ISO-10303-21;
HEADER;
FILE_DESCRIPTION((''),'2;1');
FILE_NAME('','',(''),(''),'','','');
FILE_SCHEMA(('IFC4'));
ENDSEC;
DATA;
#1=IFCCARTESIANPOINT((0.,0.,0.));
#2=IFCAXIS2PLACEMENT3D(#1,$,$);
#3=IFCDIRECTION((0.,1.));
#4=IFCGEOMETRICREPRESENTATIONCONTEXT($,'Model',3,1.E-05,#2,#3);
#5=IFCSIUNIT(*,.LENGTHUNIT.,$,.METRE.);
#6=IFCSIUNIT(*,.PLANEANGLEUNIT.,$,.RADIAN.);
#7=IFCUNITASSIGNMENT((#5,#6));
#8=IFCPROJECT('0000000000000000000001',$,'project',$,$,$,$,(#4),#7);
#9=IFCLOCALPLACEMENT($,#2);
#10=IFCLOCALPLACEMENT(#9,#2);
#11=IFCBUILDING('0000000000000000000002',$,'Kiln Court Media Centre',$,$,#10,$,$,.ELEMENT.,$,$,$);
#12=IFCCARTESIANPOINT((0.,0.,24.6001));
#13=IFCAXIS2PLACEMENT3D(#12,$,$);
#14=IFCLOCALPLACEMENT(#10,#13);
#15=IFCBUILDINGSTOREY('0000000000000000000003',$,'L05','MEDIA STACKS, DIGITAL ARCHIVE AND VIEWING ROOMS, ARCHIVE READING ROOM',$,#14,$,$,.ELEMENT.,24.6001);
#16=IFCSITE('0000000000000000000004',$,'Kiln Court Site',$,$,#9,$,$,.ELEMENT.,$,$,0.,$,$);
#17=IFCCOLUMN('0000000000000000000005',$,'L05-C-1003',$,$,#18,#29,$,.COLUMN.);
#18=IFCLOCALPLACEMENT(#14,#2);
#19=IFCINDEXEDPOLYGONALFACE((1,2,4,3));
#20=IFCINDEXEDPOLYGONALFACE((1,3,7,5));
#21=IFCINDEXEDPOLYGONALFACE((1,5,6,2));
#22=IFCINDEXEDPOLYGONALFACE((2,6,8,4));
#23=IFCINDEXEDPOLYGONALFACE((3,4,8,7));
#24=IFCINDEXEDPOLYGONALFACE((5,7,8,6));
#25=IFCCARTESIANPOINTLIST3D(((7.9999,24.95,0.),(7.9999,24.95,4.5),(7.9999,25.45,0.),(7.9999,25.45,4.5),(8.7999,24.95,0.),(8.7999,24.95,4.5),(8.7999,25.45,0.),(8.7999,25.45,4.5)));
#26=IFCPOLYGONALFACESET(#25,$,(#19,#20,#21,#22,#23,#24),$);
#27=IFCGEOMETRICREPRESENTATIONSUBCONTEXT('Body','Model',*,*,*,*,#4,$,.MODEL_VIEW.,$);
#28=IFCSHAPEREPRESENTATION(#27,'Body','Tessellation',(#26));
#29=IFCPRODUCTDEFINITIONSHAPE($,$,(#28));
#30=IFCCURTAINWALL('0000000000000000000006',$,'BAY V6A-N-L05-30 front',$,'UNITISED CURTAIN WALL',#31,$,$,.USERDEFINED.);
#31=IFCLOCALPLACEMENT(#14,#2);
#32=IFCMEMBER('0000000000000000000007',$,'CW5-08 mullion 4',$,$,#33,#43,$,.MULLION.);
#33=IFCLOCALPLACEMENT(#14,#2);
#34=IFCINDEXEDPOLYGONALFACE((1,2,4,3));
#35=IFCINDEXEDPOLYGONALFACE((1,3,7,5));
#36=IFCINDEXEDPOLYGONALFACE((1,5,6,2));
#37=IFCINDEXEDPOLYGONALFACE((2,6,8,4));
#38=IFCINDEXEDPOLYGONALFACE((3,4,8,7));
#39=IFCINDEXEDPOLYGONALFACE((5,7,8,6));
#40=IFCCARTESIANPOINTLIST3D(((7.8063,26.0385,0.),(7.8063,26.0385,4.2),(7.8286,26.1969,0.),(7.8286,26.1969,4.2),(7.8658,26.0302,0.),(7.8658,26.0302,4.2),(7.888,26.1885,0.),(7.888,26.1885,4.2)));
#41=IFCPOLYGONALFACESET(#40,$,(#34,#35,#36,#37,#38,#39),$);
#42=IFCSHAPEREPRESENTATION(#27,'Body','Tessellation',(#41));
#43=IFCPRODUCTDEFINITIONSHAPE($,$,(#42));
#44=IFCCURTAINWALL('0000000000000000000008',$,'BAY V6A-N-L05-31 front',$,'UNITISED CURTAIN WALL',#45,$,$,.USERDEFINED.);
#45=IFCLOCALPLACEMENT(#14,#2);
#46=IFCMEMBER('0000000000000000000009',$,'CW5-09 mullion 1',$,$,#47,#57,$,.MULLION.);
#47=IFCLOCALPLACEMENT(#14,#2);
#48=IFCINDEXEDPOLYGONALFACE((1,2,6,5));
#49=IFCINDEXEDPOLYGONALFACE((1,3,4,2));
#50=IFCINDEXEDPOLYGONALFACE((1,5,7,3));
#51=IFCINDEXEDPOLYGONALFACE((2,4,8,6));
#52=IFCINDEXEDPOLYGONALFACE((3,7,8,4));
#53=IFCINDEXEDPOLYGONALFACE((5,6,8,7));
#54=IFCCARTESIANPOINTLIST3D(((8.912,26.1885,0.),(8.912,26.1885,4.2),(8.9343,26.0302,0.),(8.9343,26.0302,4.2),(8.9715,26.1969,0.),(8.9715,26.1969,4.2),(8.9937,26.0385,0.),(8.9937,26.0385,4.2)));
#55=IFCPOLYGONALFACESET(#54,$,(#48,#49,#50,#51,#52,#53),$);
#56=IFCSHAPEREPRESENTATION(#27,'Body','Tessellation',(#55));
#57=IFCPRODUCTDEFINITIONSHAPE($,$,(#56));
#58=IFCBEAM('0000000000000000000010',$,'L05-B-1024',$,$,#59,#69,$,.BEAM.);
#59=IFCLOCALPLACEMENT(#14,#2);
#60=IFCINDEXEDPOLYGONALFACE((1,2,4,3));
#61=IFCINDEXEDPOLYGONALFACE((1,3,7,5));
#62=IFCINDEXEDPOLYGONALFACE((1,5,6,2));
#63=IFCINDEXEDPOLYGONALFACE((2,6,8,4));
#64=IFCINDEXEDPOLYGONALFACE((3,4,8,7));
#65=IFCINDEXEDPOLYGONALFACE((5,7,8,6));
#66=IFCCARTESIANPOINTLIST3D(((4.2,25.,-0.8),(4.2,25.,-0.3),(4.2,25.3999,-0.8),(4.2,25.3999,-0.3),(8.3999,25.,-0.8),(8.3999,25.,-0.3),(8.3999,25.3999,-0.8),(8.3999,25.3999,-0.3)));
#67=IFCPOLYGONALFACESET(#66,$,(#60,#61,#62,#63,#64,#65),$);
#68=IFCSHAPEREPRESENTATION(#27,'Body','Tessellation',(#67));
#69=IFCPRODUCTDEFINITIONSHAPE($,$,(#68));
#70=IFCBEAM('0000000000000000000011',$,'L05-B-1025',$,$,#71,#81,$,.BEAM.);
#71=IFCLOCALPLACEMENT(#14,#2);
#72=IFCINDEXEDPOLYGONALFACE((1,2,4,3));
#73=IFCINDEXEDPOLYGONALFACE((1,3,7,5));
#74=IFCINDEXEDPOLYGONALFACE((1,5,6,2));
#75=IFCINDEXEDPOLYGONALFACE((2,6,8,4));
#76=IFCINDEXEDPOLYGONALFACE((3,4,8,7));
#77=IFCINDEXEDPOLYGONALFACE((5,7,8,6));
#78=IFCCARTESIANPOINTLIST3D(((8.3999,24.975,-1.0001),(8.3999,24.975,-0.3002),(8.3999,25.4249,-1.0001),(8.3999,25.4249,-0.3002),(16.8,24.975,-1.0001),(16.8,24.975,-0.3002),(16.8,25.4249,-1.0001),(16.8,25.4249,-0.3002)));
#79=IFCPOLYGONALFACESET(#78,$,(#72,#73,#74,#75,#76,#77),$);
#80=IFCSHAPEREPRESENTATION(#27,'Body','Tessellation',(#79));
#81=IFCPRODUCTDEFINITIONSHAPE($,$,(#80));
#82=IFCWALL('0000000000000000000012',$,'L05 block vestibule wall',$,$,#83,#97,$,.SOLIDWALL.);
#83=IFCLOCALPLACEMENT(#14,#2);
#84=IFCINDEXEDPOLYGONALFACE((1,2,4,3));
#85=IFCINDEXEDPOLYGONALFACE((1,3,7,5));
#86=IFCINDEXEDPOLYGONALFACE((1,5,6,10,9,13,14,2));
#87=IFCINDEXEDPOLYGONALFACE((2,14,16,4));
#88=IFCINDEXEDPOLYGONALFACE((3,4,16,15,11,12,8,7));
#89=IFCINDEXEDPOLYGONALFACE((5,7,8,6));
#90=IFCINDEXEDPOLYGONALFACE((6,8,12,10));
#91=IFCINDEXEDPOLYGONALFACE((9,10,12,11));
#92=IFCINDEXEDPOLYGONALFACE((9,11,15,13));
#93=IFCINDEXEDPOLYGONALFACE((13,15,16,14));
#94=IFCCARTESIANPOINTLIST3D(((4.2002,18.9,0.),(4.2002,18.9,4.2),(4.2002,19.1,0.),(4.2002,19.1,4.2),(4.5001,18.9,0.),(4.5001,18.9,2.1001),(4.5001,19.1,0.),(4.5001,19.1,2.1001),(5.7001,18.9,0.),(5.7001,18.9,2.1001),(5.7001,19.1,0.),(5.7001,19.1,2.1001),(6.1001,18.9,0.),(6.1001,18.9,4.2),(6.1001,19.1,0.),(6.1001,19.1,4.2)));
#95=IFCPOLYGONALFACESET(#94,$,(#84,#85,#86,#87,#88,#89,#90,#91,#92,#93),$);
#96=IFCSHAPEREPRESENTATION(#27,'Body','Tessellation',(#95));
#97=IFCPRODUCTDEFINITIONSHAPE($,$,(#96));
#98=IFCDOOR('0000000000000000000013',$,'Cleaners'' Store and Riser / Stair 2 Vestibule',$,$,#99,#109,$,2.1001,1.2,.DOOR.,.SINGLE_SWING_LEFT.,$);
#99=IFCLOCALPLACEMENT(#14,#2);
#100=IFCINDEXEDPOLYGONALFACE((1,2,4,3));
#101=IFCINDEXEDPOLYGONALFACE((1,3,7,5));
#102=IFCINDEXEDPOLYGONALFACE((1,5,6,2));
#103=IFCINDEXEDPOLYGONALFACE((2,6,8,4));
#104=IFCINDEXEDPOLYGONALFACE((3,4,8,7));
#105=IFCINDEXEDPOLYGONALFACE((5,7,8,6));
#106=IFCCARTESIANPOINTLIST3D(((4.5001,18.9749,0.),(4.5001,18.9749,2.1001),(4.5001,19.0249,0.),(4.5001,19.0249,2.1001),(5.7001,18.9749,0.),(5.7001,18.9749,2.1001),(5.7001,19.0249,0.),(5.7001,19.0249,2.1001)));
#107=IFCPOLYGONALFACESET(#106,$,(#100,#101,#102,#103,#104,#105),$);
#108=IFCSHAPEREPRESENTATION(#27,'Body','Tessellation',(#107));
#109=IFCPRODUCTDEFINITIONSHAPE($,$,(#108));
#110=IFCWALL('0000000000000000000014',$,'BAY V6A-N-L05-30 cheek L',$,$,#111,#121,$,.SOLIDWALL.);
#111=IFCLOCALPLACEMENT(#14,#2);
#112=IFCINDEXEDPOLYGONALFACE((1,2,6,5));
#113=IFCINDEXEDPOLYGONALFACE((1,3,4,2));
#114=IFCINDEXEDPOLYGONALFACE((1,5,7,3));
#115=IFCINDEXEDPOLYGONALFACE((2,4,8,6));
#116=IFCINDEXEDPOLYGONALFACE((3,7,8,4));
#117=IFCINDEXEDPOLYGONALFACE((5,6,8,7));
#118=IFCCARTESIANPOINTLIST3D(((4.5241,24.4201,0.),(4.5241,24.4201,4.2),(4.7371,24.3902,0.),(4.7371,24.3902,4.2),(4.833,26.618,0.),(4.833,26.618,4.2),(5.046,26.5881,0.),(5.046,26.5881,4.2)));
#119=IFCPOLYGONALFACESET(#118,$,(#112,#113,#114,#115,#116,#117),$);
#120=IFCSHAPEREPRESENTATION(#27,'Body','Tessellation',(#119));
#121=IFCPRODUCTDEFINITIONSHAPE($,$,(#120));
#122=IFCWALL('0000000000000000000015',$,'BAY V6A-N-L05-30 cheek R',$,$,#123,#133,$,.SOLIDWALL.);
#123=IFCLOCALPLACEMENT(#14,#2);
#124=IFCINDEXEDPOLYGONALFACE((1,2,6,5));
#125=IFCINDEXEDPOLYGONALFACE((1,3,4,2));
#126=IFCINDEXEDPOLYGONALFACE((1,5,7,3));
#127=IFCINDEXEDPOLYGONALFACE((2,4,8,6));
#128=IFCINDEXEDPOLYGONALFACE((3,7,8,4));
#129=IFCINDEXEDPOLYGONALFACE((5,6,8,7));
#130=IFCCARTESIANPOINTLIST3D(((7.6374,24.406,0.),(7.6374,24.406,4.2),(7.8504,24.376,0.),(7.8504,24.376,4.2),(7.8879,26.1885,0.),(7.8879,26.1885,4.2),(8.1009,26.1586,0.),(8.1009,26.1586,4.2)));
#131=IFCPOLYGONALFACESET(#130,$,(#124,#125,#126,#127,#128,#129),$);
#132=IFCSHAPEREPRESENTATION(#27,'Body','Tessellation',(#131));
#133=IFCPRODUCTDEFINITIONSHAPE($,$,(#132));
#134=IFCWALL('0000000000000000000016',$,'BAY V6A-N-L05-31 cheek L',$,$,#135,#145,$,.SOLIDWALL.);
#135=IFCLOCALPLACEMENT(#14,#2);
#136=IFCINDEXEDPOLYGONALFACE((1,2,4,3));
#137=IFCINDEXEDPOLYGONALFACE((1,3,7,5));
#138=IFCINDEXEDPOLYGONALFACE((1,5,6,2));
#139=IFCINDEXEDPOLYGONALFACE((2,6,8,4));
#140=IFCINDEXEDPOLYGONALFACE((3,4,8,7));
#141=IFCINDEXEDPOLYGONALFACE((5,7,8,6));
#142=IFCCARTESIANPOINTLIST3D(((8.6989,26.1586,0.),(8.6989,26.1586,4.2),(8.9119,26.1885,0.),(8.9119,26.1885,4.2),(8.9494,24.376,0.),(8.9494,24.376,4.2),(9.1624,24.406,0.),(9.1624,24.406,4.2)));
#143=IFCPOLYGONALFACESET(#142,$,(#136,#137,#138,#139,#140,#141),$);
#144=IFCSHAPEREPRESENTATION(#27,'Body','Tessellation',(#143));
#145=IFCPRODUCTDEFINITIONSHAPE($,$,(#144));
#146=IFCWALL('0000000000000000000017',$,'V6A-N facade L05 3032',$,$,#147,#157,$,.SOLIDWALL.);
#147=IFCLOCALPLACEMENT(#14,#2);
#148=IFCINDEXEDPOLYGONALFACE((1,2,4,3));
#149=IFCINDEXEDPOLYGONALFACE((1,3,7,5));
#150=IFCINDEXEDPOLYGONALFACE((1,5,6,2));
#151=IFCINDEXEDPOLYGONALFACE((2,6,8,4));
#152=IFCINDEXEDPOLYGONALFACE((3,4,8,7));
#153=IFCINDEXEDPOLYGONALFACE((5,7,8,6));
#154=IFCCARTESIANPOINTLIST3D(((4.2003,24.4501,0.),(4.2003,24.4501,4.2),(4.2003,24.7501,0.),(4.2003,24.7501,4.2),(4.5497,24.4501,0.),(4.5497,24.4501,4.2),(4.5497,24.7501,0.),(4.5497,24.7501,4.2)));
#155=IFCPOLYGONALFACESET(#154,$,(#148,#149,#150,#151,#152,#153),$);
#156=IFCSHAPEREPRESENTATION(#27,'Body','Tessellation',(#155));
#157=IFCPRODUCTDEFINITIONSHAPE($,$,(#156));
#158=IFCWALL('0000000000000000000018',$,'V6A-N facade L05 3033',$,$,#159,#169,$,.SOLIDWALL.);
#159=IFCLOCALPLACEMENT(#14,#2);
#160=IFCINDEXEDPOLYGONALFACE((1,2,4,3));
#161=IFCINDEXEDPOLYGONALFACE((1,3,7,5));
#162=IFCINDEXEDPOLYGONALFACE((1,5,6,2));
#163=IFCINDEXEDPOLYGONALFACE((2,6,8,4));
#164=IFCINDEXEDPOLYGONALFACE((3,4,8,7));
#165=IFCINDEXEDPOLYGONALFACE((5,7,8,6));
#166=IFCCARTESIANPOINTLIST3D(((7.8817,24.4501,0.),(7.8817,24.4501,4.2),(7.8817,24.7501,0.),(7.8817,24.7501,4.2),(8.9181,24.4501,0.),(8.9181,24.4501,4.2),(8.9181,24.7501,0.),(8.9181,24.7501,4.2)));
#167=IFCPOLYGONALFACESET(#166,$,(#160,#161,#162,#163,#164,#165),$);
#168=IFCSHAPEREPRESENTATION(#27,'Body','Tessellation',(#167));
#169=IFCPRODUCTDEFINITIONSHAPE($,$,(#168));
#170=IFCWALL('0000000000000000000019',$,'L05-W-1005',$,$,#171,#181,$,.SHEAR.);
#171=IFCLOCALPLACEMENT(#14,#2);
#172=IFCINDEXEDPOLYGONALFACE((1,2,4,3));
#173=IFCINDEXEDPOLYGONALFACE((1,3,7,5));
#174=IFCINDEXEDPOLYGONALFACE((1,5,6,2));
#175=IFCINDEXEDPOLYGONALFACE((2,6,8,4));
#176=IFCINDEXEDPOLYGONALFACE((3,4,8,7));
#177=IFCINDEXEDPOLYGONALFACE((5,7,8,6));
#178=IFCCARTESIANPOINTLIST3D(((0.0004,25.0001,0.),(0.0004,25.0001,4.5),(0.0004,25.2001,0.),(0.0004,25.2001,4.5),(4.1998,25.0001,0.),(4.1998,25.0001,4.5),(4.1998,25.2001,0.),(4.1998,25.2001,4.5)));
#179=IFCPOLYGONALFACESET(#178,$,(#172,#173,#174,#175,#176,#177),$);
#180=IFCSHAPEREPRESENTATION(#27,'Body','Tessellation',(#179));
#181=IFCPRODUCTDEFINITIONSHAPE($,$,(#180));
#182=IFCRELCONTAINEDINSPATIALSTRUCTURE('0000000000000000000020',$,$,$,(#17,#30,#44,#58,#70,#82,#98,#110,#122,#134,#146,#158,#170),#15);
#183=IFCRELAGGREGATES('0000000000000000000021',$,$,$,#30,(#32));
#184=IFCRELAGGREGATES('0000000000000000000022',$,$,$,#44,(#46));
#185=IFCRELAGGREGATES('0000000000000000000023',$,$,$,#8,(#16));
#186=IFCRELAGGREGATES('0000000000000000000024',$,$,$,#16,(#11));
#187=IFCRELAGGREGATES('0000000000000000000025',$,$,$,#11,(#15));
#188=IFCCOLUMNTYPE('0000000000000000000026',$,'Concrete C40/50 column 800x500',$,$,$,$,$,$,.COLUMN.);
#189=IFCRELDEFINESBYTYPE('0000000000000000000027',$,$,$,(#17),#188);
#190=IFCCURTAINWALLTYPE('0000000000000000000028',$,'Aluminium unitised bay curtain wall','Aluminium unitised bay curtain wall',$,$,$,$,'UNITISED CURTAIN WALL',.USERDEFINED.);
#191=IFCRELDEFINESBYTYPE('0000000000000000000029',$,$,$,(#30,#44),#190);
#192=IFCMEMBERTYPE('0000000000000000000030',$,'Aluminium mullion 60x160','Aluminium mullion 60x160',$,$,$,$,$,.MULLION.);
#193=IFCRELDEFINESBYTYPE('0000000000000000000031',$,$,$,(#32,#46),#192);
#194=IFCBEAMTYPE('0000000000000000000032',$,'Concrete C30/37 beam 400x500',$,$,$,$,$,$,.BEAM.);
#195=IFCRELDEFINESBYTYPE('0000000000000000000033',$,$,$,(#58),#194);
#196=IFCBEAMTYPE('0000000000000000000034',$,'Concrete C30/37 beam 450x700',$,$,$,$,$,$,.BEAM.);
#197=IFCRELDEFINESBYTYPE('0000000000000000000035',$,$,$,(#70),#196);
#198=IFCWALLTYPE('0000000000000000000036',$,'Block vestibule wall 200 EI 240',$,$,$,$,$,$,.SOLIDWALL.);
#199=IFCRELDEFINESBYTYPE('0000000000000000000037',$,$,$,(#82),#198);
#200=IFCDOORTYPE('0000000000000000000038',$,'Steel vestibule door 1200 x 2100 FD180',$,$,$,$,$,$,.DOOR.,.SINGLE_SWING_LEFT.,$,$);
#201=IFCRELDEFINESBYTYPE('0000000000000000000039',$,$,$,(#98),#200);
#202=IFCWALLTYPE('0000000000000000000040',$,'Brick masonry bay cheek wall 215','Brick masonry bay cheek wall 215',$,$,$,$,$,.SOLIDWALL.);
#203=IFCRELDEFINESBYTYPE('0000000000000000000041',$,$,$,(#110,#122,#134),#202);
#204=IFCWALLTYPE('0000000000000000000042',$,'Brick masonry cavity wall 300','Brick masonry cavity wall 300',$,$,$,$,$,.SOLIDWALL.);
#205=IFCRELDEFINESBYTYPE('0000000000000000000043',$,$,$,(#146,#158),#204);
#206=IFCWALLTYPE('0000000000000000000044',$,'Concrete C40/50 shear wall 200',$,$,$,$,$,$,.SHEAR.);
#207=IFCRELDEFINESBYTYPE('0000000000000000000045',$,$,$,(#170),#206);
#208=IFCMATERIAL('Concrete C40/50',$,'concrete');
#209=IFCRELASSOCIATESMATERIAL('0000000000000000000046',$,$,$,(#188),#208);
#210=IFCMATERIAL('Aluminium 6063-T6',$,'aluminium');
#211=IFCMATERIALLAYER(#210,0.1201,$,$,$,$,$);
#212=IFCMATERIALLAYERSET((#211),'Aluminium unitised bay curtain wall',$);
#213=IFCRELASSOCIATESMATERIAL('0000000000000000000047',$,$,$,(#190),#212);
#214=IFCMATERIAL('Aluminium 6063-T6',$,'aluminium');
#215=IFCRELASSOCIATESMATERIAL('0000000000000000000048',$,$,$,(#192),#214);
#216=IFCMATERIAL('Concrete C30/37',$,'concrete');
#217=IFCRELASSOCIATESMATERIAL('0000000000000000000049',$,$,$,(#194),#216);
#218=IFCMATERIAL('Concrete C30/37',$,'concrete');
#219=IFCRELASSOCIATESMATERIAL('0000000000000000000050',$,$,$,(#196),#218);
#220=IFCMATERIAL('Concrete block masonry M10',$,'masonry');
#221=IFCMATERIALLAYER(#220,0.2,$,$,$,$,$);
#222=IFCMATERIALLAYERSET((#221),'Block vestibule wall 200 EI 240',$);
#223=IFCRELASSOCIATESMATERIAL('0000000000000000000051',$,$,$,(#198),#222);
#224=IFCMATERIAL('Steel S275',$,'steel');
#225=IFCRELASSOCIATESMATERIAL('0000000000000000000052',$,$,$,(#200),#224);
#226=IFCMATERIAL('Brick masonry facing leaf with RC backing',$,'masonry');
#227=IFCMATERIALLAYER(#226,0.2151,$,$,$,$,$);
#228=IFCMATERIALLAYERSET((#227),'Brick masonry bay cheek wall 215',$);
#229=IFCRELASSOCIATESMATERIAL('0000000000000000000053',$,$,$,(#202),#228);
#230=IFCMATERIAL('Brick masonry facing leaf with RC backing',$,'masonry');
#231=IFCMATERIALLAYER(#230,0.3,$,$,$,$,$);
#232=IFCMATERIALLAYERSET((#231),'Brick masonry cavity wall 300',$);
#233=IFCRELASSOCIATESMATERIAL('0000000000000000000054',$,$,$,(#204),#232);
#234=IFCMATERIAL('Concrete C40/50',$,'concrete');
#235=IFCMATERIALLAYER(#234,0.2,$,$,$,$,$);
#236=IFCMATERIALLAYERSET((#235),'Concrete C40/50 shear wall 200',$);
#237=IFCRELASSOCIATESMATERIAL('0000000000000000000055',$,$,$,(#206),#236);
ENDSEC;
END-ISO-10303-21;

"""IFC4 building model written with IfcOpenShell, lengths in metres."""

from ifc_helpers import new_model, si_unit, direction, frame, frame_2d, origin, origin_2d, place, context, subcontext, project, spatial, rectangle, extrude, material, layer, layer_set, material_profile, profile_set, type_object, element, fill, aggregate, save


model = new_model("IFC4")

# Units and contexts
model_context = context("Model", 3, precision=1e-05, world=origin(), true_north=direction((0.0, 1.0)))
body_context = subcontext(model_context, "Body", "Model", "MODEL_VIEW")
ifc_project = project(units=[si_unit("LENGTHUNIT", "METRE"), si_unit("PLANEANGLEUNIT", "RADIAN")], contexts=[model_context])

# Site, building, storey
site_placement = place(None, origin())
site = spatial("IfcSite", under=ifc_project, at=site_placement, Name="Kiln Court Site", CompositionType="ELEMENT", RefElevation=0.0)
building_placement = place(site_placement, origin())
building = spatial("IfcBuilding", under=site, at=building_placement, Name="Kiln Court Media Centre", CompositionType="ELEMENT")
storey_placement = place(building_placement, frame((0.0, 0.0, 24.6001)))
storey = spatial("IfcBuildingStorey", under=building, at=storey_placement, Name="L05", Description="MEDIA STACKS, DIGITAL ARCHIVE AND VIEWING ROOMS, ARCHIVE READING ROOM", CompositionType="ELEMENT", Elevation=24.6001)

# Column
ifc_material_1 = material(Name="Concrete C40/50", Category="concrete")
ifc_material_profile_1 = material_profile(ifc_material_1, rectangle(XDim=0.8, YDim=0.5, at=origin_2d()), Name="RC 800x500")
ifc_profile_set_1 = profile_set([ifc_material_profile_1], Name="Concrete C40/50")
column_type = type_object("IfcColumnType", Name="Concrete C40/50 column 800x500", PredefinedType="COLUMN", material=ifc_profile_set_1)
column_placement = place(storey_placement, frame((8.3999, 25.2, 0.0), z_axis=(0.0, 0.0, 1.0), x_axis=(1.0, 0.0, 0.0)))
element("IfcColumn", 1, at=column_placement, inside=storey, type_object=column_type, Name="L05-C-1003", PredefinedType="COLUMN", context=body_context, shape_type="SweptSolid", body=[
    extrude(rectangle(XDim=0.8, YDim=0.5, at=origin_2d()), origin(), (0.0, 0.0, 1.0), 4.5),
])

# Curtain walls, members
ifc_material_2 = material(Name="Aluminium 6063-T6", Category="aluminium")
ifc_layer_1 = layer(ifc_material_2, 0.1201)
ifc_layer_set_1 = layer_set([ifc_layer_1], Name="Aluminium unitised bay curtain wall")
curtain_wall_type = type_object("IfcCurtainWallType", Name="Aluminium unitised bay curtain wall", Description="Aluminium unitised bay curtain wall", ElementType="UNITISED CURTAIN WALL", PredefinedType="USERDEFINED", material=ifc_layer_set_1)
curtain_wall_1_placement = place(storey_placement, origin())
curtain_wall_1 = element("IfcCurtainWall", 2, at=curtain_wall_1_placement, inside=storey, type_object=curtain_wall_type, Name="BAY V6A-N-L05-30 front", ObjectType="UNITISED CURTAIN WALL", PredefinedType="USERDEFINED")
ifc_material_3 = material(Name="Aluminium 6063-T6", Category="aluminium")
ifc_material_profile_2 = material_profile(ifc_material_3, rectangle(XDim=0.0601, YDim=0.1599, at=origin_2d()), Name="Aluminium mullion 60x160")
ifc_profile_set_2 = profile_set([ifc_material_profile_2], Name="Aluminium 6063-T6")
member_type = type_object("IfcMemberType", Name="Aluminium mullion 60x160", Description="Aluminium mullion 60x160", PredefinedType="MULLION", material=ifc_profile_set_2)
member_1_placement = place(storey_placement, frame((7.8472, 26.1135, 0.0), z_axis=(0.0, 0.0, 1.0), x_axis=(0.99027, -0.139162, 0.0)))
member_1 = element("IfcMember", 3, at=member_1_placement, type_object=member_type, Name="CW5-08 mullion 4", PredefinedType="MULLION", context=body_context, shape_type="SweptSolid", body=[
    extrude(rectangle(XDim=0.0601, YDim=0.1599, at=origin_2d()), origin(), (0.0, 0.0, 1.0), 4.2),
])
aggregate(curtain_wall_1, [member_1])
curtain_wall_2_placement = place(storey_placement, origin())
curtain_wall_2 = element("IfcCurtainWall", 4, at=curtain_wall_2_placement, inside=storey, type_object=curtain_wall_type, Name="BAY V6A-N-L05-31 front", ObjectType="UNITISED CURTAIN WALL", PredefinedType="USERDEFINED")
member_2_placement = place(storey_placement, frame((8.9529, 26.1135, 0.0), z_axis=(0.0, 0.0, 1.0), x_axis=(0.99027, 0.139162, 0.0)))
member_2 = element("IfcMember", 5, at=member_2_placement, type_object=member_type, Name="CW5-09 mullion 1", PredefinedType="MULLION", context=body_context, shape_type="SweptSolid", body=[
    extrude(rectangle(XDim=0.0601, YDim=0.1599, at=origin_2d()), origin(), (0.0, 0.0, 1.0), 4.2),
])
aggregate(curtain_wall_2, [member_2])

# Beams
ifc_material_4 = material(Name="Concrete C30/37", Category="concrete")
ifc_material_profile_3 = material_profile(ifc_material_4, rectangle(XDim=0.3999, YDim=0.5, at=origin_2d()), Name="RC 400x500")
ifc_profile_set_3 = profile_set([ifc_material_profile_3], Name="Concrete C30/37")
beam_type_1 = type_object("IfcBeamType", Name="Concrete C30/37 beam 400x500", PredefinedType="BEAM", material=ifc_profile_set_3)
beam_1_placement = place(storey_placement, frame((4.2, 25.2, -0.55), z_axis=(1.0, 0.0, 0.0), x_axis=(0.0, 1.0, 0.0)))
element("IfcBeam", 6, at=beam_1_placement, inside=storey, type_object=beam_type_1, Name="L05-B-1024", PredefinedType="BEAM", context=body_context, shape_type="SweptSolid", body=[
    extrude(rectangle(XDim=0.3999, YDim=0.5, at=origin_2d()), origin(), (0.0, 0.0, 1.0), 4.2),
])
ifc_material_5 = material(Name="Concrete C30/37", Category="concrete")
ifc_material_profile_4 = material_profile(ifc_material_5, rectangle(XDim=0.45, YDim=0.7, at=origin_2d()), Name="RC 450x700")
ifc_profile_set_4 = profile_set([ifc_material_profile_4], Name="Concrete C30/37")
beam_type_2 = type_object("IfcBeamType", Name="Concrete C30/37 beam 450x700", PredefinedType="BEAM", material=ifc_profile_set_4)
beam_2_placement = place(storey_placement, frame((8.3999, 25.2, -0.6501), z_axis=(1.0, 0.0, 0.0), x_axis=(0.0, 1.0, 0.0)))
element("IfcBeam", 7, at=beam_2_placement, inside=storey, type_object=beam_type_2, Name="L05-B-1025", PredefinedType="BEAM", context=body_context, shape_type="SweptSolid", body=[
    extrude(rectangle(XDim=0.45, YDim=0.7, at=origin_2d()), origin(), (0.0, 0.0, 1.0), 8.4001),
])

# Wall, opening, door
ifc_material_6 = material(Name="Concrete block masonry M10", Category="masonry")
ifc_layer_2 = layer(ifc_material_6, 0.2)
ifc_layer_set_2 = layer_set([ifc_layer_2], Name="Block vestibule wall 200 EI 240")
wall_type_1 = type_object("IfcWallType", Name="Block vestibule wall 200 EI 240", PredefinedType="SOLIDWALL", material=ifc_layer_set_2)
wall_1_placement = place(storey_placement, frame((4.2002, 19.0, 0.0), z_axis=(0.0, 0.0, 1.0), x_axis=(1.0, 0.0, 0.0)))
wall_1 = element("IfcWall", 8, at=wall_1_placement, inside=storey, type_object=wall_type_1, Name="L05 block vestibule wall", PredefinedType="SOLIDWALL", context=body_context, shape_type="SweptSolid", body=[
    extrude(rectangle(XDim=1.8999, YDim=0.2, at=frame_2d((0.95, 0.0))), origin(), (0.0, 0.0, 1.0), 4.2),
])
opening_1_placement = place(wall_1_placement, frame((0.2998, 0.0, 0.0)))
opening_1 = element("IfcOpeningElement", 9, at=opening_1_placement, cuts=wall_1, PredefinedType="OPENING", context=body_context, shape_type="SweptSolid", body=[
    extrude(rectangle(XDim=1.2, YDim=2.1001, at=frame_2d((0.6001, 1.05))), frame((0.0, 0.1099, 0.0), z_axis=(0.0, -1.0, 0.0), x_axis=(1.0, 0.0, 0.0)), (0.0, 0.0, 1.0), 0.22),
])
ifc_material_7 = material(Name="Steel S275", Category="steel")
door_type_1 = type_object("IfcDoorType", Name="Steel vestibule door 1200 x 2100 FD180", OperationType="SINGLE_SWING_LEFT", PredefinedType="DOOR", material=ifc_material_7)
door_1_placement = place(opening_1_placement, origin())
door_1 = element("IfcDoor", 10, at=door_1_placement, inside=storey, type_object=door_type_1, Name="Cleaners' Store and Riser / Stair 2 Vestibule", OperationType="SINGLE_SWING_LEFT", OverallHeight=2.1001, OverallWidth=1.2, PredefinedType="DOOR", context=body_context, shape_type="SweptSolid", body=[
    extrude(rectangle(XDim=1.2, YDim=2.1001, at=frame_2d((0.6001, 1.05))), frame((0.0, 0.0249, 0.0), z_axis=(0.0, -1.0, 0.0), x_axis=(1.0, 0.0, 0.0)), (0.0, 0.0, 1.0), 0.05),
])
fill(opening_1, door_1)

# Walls
ifc_material_8 = material(Name="Brick masonry facing leaf with RC backing", Category="masonry")
ifc_layer_3 = layer(ifc_material_8, 0.2151)
ifc_layer_set_3 = layer_set([ifc_layer_3], Name="Brick masonry bay cheek wall 215")
wall_type_2 = type_object("IfcWallType", Name="Brick masonry bay cheek wall 215", Description="Brick masonry bay cheek wall 215", PredefinedType="SOLIDWALL", material=ifc_layer_set_3)
wall_2_placement = place(storey_placement, frame((4.6306, 24.405, 0.0), z_axis=(0.0, 0.0, 1.0), x_axis=(0.139142, 0.990272, 0.0)))
element("IfcWall", 11, at=wall_2_placement, inside=storey, type_object=wall_type_2, Name="BAY V6A-N-L05-30 cheek L", PredefinedType="SOLIDWALL", context=body_context, shape_type="SweptSolid", body=[
    extrude(rectangle(XDim=2.2195, YDim=0.2151, at=frame_2d((1.1099, 0.0))), origin(), (0.0, 0.0, 1.0), 4.2),
])
for number, where, z_axis, x_axis, name in (
    (12, (7.7439, 24.3911, 0.0), (0.0, 0.0, 1.0), (0.139161, 0.99027, 0.0), "BAY V6A-N-L05-30 cheek R"),
    (13, (9.0559, 24.3911, 0.0), (0.0, 0.0, 1.0), (-0.139161, 0.99027, 0.0), "BAY V6A-N-L05-31 cheek L"),
):
    element("IfcWall", number, at=place(storey_placement, frame(where, z_axis=z_axis, x_axis=x_axis)), inside=storey, type_object=wall_type_2, Name=name, PredefinedType="SOLIDWALL", context=body_context, shape_type="SweptSolid", body=[
        extrude(rectangle(XDim=1.8, YDim=0.2151, at=frame_2d((0.8999, 0.0))), origin(), (0.0, 0.0, 1.0), 4.2),
    ])
ifc_material_9 = material(Name="Brick masonry facing leaf with RC backing", Category="masonry")
ifc_layer_4 = layer(ifc_material_9, 0.3)
ifc_layer_set_4 = layer_set([ifc_layer_4], Name="Brick masonry cavity wall 300")
wall_type_3 = type_object("IfcWallType", Name="Brick masonry cavity wall 300", Description="Brick masonry cavity wall 300", PredefinedType="SOLIDWALL", material=ifc_layer_set_4)
wall_3_placement = place(storey_placement, frame((4.2002, 24.6001, 0.0), z_axis=(0.0, 0.0, 1.0), x_axis=(1.0, 0.0, 0.0)))
element("IfcWall", 14, at=wall_3_placement, inside=storey, type_object=wall_type_3, Name="V6A-N facade L05 3032", PredefinedType="SOLIDWALL", context=body_context, shape_type="SweptSolid", body=[
    extrude(rectangle(XDim=0.3494, YDim=0.3, at=frame_2d((0.1748, 0.0))), origin(), (0.0, 0.0, 1.0), 4.2),
])
wall_4_placement = place(storey_placement, frame((7.8818, 24.6001, 0.0), z_axis=(0.0, 0.0, 1.0), x_axis=(1.0, 0.0, 0.0)))
element("IfcWall", 15, at=wall_4_placement, inside=storey, type_object=wall_type_3, Name="V6A-N facade L05 3033", PredefinedType="SOLIDWALL", context=body_context, shape_type="SweptSolid", body=[
    extrude(rectangle(XDim=1.0364, YDim=0.3, at=frame_2d((0.5181, 0.0))), origin(), (0.0, 0.0, 1.0), 4.2),
])
ifc_material_10 = material(Name="Concrete C40/50", Category="concrete")
ifc_layer_5 = layer(ifc_material_10, 0.2)
ifc_layer_set_5 = layer_set([ifc_layer_5], Name="Concrete C40/50 shear wall 200")
wall_type_4 = type_object("IfcWallType", Name="Concrete C40/50 shear wall 200", PredefinedType="SHEAR", material=ifc_layer_set_5)
wall_5_placement = place(storey_placement, frame((0.0005, 25.1001, 0.0), z_axis=(0.0, 0.0, 1.0), x_axis=(1.0, 0.0, 0.0)))
element("IfcWall", 16, at=wall_5_placement, inside=storey, type_object=wall_type_4, Name="L05-W-1005", PredefinedType="SHEAR", context=body_context, shape_type="SweptSolid", body=[
    extrude(rectangle(XDim=4.1995, YDim=0.2, at=frame_2d((2.0996, 0.0))), origin(), (0.0, 0.0, 1.0), 4.5),
])

save(model, "model.ifc")
